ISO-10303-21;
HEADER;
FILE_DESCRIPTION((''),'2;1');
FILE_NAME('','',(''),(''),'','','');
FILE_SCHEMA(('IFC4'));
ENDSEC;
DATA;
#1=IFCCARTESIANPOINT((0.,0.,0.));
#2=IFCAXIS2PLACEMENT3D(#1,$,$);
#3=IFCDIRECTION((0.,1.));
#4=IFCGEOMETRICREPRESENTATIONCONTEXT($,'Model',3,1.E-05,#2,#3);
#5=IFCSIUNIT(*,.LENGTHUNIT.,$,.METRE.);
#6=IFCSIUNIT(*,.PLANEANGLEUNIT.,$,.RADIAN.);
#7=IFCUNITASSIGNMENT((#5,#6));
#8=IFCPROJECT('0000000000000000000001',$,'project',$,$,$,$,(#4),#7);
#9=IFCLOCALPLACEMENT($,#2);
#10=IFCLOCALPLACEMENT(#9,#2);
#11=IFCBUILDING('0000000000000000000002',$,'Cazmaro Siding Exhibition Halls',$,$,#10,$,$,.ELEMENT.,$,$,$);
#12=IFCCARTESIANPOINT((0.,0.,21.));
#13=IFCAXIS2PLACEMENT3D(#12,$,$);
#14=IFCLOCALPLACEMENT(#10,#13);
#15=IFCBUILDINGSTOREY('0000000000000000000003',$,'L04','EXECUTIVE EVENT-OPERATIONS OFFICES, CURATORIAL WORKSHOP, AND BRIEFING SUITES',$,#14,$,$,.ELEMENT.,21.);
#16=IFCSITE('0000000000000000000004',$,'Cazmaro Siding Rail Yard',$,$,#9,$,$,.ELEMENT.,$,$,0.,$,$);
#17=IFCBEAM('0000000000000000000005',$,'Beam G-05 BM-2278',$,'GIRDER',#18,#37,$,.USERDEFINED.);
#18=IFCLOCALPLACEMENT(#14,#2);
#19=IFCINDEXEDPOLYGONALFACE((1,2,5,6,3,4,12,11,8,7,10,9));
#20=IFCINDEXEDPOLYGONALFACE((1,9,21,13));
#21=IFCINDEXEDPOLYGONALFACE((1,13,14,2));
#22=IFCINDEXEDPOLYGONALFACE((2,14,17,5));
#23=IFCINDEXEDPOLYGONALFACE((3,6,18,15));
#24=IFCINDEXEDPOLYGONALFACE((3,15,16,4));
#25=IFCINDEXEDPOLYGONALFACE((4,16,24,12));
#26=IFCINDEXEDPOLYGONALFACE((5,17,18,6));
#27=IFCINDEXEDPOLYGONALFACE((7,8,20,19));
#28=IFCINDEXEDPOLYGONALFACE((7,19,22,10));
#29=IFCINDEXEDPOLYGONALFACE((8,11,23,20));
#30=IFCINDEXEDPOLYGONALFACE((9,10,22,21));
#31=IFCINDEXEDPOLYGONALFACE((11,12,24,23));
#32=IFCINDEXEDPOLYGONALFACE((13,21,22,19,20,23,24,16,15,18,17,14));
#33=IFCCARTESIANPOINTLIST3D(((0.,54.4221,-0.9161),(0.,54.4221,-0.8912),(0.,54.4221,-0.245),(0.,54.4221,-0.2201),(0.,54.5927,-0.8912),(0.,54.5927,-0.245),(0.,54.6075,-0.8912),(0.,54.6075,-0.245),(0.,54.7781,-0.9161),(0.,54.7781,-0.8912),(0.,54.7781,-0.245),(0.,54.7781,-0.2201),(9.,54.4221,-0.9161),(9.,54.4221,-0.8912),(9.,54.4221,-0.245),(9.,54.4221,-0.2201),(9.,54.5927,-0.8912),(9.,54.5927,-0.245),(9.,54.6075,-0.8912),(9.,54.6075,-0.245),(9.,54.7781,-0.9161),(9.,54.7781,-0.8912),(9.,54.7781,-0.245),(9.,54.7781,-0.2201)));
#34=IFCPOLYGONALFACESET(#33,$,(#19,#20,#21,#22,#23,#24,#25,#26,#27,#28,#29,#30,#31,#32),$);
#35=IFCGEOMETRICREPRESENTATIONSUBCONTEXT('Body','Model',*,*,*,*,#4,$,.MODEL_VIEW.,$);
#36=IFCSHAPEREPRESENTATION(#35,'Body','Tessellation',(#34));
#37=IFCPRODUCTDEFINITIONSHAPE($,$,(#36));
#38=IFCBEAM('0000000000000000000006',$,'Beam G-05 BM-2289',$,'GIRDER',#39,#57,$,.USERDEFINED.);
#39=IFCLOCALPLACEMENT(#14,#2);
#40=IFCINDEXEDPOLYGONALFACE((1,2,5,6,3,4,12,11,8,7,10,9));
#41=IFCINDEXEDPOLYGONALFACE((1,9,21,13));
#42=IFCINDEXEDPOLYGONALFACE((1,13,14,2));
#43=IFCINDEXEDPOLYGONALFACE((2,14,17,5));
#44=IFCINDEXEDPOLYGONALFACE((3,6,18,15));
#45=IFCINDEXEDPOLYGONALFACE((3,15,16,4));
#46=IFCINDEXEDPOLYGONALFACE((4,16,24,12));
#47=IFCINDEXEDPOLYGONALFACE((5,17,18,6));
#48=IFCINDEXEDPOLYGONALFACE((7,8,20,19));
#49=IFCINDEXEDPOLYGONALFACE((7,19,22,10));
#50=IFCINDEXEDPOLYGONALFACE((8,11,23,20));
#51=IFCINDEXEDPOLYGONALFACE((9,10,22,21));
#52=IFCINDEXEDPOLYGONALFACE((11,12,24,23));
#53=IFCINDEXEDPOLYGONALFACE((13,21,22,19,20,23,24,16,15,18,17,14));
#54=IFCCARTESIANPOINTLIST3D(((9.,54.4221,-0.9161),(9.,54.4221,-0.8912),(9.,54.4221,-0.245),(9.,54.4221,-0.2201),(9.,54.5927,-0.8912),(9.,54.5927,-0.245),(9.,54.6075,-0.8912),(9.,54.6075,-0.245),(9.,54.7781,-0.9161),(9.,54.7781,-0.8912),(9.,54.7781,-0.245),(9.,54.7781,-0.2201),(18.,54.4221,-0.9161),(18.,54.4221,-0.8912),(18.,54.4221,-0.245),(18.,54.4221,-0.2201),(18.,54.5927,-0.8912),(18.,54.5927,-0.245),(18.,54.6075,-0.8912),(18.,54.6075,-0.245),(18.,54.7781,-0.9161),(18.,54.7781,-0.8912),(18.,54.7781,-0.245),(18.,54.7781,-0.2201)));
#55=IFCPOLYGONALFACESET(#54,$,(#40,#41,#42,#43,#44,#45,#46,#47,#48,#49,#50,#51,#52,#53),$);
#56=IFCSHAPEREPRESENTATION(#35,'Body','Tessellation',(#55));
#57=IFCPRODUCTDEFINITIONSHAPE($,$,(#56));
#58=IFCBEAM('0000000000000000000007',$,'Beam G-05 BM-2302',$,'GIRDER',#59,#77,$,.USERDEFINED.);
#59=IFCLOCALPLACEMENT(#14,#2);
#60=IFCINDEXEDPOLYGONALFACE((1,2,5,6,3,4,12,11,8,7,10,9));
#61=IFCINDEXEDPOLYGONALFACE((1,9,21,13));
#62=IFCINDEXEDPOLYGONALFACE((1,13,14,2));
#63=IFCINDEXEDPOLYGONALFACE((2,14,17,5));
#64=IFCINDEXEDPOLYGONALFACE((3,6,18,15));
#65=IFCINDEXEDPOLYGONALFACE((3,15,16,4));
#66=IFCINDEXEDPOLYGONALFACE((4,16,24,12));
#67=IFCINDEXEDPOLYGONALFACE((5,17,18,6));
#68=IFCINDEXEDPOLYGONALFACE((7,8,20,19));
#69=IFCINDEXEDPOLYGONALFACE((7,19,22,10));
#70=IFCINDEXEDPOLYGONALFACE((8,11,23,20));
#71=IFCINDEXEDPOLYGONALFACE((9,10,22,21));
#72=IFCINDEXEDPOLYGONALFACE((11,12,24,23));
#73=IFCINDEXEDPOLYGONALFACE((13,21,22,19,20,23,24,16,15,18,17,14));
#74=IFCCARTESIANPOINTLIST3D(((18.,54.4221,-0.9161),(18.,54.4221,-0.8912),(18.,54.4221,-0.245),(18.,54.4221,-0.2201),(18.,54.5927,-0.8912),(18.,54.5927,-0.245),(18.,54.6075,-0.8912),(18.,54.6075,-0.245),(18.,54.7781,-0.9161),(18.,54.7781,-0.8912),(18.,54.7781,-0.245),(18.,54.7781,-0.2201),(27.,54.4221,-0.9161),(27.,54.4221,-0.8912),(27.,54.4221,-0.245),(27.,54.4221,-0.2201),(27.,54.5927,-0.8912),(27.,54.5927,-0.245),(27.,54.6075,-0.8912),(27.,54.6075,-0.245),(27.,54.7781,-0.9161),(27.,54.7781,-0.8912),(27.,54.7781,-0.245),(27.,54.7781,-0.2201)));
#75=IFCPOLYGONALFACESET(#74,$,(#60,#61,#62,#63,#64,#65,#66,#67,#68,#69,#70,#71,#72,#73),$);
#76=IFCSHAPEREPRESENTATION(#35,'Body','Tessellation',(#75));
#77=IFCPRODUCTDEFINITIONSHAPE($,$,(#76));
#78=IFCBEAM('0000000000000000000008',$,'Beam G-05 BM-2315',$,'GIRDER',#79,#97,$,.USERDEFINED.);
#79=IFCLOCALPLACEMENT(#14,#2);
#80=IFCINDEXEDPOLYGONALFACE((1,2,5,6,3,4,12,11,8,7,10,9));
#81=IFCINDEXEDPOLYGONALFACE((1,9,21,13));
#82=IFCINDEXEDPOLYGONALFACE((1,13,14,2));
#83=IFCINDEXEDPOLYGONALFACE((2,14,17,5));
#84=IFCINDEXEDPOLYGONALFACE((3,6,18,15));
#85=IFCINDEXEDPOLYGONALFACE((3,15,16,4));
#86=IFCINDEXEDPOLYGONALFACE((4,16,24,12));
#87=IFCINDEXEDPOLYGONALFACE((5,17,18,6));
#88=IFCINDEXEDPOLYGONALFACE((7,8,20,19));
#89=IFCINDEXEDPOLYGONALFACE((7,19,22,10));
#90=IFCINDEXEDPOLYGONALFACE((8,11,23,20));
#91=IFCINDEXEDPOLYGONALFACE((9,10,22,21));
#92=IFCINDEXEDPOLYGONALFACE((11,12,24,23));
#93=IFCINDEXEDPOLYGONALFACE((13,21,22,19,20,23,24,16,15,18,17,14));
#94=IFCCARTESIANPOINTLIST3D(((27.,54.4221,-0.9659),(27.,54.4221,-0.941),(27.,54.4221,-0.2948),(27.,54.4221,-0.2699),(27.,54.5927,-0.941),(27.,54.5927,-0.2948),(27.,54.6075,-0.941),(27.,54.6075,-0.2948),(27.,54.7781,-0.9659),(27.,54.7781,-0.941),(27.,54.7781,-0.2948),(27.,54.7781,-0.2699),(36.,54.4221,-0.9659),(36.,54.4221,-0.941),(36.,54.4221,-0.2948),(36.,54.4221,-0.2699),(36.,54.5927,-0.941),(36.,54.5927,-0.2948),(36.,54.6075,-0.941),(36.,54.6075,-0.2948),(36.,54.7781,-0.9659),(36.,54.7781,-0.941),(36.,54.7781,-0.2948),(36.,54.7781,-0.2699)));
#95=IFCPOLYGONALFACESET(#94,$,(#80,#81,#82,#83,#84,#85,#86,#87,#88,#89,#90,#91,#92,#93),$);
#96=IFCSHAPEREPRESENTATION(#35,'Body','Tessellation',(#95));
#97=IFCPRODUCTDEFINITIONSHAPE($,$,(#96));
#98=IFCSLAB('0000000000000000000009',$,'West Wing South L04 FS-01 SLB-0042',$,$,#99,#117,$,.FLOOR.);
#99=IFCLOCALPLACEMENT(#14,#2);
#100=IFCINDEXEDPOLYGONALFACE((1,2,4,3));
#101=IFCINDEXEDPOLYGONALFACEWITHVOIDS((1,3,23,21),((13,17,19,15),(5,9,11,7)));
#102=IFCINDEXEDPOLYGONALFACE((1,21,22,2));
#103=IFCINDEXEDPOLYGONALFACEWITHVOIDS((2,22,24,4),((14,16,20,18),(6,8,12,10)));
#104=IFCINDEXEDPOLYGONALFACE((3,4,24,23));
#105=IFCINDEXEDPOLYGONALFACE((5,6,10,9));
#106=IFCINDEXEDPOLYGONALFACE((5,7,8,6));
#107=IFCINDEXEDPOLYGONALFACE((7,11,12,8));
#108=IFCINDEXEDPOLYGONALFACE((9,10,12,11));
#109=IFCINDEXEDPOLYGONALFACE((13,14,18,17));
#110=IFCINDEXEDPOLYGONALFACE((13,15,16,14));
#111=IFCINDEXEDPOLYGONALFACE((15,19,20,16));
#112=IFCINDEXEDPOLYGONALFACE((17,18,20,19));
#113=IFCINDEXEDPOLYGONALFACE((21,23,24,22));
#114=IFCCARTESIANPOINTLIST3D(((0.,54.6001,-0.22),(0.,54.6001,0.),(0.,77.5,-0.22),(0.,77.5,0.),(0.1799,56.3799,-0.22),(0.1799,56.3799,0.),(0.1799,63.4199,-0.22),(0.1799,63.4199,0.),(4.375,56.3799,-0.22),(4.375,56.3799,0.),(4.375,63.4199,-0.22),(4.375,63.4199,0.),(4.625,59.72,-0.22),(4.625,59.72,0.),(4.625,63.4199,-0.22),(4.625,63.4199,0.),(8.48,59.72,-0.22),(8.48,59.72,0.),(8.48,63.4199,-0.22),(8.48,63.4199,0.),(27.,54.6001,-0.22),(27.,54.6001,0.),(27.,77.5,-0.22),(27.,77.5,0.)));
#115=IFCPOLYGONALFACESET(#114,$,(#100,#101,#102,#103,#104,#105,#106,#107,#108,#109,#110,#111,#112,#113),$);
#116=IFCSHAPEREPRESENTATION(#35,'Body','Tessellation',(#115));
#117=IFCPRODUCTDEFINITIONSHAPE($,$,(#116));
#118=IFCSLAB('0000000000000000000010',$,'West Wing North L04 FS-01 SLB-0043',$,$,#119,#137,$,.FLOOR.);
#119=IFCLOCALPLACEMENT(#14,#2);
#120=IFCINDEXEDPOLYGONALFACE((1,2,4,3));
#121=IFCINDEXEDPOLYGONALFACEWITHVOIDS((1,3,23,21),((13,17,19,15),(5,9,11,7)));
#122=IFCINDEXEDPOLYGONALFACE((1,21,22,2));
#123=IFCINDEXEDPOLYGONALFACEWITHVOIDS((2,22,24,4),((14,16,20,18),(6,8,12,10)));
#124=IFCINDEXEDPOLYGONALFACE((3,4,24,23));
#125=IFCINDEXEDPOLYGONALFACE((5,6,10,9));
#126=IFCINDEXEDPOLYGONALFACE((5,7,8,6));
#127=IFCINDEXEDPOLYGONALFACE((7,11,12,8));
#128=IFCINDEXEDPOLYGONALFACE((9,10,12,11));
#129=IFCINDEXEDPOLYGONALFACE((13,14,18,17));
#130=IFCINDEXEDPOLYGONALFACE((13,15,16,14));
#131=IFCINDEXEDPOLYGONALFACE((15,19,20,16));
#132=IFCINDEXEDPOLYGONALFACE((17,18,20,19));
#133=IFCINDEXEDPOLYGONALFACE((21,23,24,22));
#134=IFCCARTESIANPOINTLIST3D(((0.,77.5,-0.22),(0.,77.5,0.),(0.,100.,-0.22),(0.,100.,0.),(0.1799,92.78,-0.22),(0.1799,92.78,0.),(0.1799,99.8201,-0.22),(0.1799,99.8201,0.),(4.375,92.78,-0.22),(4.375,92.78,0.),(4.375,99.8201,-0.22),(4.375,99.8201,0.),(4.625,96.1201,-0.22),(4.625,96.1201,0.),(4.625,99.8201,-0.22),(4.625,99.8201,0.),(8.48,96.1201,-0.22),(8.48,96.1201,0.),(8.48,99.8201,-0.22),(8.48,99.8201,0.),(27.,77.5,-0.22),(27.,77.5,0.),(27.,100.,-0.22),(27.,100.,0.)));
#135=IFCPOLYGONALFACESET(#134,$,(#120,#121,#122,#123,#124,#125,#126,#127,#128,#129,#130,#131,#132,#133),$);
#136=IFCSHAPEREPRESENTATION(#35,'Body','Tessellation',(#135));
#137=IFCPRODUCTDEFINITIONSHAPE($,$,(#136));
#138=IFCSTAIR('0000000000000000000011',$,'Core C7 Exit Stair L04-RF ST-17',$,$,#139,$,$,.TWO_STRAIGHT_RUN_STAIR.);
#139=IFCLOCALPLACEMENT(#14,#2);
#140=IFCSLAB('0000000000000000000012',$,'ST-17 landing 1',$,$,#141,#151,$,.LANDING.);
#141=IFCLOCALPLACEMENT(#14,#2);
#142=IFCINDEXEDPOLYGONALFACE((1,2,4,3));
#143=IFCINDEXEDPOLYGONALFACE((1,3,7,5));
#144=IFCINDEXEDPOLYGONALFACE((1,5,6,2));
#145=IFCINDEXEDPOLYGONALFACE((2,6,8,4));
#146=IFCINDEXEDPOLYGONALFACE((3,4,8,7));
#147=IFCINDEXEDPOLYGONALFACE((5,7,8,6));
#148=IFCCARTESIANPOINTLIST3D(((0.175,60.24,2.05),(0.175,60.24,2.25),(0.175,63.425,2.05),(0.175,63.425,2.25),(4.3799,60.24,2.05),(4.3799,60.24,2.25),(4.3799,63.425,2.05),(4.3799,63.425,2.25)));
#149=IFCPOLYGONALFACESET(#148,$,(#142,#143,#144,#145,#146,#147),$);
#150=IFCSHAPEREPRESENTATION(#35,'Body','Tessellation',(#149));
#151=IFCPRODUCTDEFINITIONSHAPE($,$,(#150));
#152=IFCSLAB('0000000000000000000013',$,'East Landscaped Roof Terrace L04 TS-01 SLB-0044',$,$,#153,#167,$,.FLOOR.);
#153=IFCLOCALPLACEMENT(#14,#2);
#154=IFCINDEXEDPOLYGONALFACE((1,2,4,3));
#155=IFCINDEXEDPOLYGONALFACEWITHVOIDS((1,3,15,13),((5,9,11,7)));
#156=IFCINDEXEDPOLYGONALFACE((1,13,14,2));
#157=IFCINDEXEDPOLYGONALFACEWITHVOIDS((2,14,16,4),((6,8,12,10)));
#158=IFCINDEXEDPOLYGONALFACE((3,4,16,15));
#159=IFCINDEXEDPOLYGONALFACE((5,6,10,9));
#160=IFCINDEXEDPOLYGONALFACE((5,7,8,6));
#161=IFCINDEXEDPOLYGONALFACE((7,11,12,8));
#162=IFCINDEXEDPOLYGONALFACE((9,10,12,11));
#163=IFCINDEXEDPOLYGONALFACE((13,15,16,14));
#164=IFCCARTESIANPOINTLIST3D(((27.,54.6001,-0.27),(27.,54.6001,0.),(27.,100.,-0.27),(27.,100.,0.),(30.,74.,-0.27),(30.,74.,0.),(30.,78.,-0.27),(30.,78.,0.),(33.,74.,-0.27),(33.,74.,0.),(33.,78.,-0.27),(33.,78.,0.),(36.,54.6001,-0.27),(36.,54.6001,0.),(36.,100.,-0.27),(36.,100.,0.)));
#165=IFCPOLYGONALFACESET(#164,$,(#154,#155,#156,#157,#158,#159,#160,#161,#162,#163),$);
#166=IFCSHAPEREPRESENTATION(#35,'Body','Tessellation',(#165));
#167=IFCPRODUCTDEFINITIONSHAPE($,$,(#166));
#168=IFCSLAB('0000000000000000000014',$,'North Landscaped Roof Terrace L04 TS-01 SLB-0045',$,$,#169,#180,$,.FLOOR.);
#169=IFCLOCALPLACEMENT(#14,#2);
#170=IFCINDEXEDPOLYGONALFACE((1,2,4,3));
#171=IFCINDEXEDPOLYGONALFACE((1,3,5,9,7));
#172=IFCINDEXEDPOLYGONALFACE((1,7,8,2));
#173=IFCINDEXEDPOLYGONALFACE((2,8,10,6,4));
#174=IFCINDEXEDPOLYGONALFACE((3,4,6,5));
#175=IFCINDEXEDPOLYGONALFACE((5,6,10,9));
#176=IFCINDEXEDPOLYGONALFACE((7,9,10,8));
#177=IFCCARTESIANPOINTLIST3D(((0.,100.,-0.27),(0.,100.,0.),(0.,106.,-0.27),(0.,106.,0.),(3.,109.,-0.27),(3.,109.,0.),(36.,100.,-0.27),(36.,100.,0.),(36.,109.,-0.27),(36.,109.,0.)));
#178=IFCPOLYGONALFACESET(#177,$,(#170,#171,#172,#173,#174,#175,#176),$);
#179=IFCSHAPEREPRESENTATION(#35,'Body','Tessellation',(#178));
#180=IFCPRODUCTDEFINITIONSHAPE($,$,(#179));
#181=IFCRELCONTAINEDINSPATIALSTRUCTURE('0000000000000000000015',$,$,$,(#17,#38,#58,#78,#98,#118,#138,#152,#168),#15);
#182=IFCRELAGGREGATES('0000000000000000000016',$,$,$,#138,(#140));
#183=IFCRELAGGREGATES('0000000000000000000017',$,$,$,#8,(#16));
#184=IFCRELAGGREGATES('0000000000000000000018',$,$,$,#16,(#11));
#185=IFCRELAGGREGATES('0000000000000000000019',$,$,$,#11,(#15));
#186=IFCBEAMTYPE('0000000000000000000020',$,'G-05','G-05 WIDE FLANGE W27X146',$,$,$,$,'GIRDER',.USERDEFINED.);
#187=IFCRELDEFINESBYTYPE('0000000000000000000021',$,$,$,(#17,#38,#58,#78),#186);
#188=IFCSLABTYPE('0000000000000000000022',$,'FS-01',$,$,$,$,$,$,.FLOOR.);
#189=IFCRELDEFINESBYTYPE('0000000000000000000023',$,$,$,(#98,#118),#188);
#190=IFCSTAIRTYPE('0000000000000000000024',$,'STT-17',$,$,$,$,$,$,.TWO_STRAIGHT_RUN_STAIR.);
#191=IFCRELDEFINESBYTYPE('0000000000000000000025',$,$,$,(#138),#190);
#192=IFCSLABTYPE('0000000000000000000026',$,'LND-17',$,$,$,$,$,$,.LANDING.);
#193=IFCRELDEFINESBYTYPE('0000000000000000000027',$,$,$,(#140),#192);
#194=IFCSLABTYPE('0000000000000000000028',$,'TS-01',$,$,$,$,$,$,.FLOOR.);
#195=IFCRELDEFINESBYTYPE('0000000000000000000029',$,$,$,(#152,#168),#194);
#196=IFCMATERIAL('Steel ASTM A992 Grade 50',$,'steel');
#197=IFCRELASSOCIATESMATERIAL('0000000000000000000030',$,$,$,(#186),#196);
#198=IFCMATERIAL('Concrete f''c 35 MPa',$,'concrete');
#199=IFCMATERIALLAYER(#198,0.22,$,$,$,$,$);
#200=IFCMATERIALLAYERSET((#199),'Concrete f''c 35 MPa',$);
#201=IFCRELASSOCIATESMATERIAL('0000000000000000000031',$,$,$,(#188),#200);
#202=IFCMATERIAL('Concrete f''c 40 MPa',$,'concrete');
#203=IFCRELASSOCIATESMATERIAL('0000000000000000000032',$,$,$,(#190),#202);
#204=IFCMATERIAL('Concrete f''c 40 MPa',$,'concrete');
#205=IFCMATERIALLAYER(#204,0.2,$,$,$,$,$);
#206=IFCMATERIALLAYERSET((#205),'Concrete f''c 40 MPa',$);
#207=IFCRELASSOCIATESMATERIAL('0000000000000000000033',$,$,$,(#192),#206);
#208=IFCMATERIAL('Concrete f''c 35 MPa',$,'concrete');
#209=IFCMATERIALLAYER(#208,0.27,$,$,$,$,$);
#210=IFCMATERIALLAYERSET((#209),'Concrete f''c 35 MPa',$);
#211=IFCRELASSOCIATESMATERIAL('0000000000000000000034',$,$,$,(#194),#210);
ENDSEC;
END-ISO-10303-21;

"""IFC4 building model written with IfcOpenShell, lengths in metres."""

from ifc_helpers import new_model, si_unit, direction, frame, origin, origin_2d, place, context, subcontext, project, spatial, polyline, i_section, outline, extrude, material, layer, layer_set, material_profile, profile_set, type_object, element, aggregate, save


model = new_model("IFC4")

# Units and contexts
model_context = context("Model", 3, precision=1e-05, world=origin(), true_north=direction((0.0, 1.0)))
body_context = subcontext(model_context, "Body", "Model", "MODEL_VIEW")
ifc_project = project(units=[si_unit("LENGTHUNIT", "METRE"), si_unit("PLANEANGLEUNIT", "RADIAN")], contexts=[model_context])

# Site, building, storey
site_placement = place(None, origin())
site = spatial("IfcSite", under=ifc_project, at=site_placement, Name="Cazmaro Siding Rail Yard", CompositionType="ELEMENT", RefElevation=0.0)
building_placement = place(site_placement, origin())
building = spatial("IfcBuilding", under=site, at=building_placement, Name="Cazmaro Siding Exhibition Halls", CompositionType="ELEMENT")
storey_placement = place(building_placement, frame((0.0, 0.0, 21.0)))
storey = spatial("IfcBuildingStorey", under=building, at=storey_placement, Name="L04", Description="EXECUTIVE EVENT-OPERATIONS OFFICES, CURATORIAL WORKSHOP, AND BRIEFING SUITES", CompositionType="ELEMENT", Elevation=21.0)

# Beams
ifc_material_1 = material(Name="Steel ASTM A992 Grade 50", Category="steel")
ifc_material_profile_1 = material_profile(ifc_material_1, i_section(OverallWidth=0.356, OverallDepth=0.696, WebThickness=0.0149, FlangeThickness=0.0249, at=origin_2d()), Name="W27X146")
ifc_profile_set_1 = profile_set([ifc_material_profile_1], Name="Steel ASTM A992 Grade 50")
beam_type_1 = type_object("IfcBeamType", Name="G-05", Description="G-05 WIDE FLANGE W27X146", ElementType="GIRDER", PredefinedType="USERDEFINED", material=ifc_profile_set_1)
for number, where, z_axis, x_axis, name in (
    (1, (0.0, 54.6001, -0.5681), (1.0, 0.0, 0.0), (0.0, 1.0, 0.0), "Beam G-05 BM-2278"),
    (2, (9.0, 54.6001, -0.5681), (1.0, 0.0, 0.0), (0.0, 1.0, 0.0), "Beam G-05 BM-2289"),
    (3, (18.0, 54.6001, -0.5681), (1.0, 0.0, 0.0), (0.0, 1.0, 0.0), "Beam G-05 BM-2302"),
    (4, (27.0, 54.6001, -0.6179), (1.0, 0.0, 0.0), (0.0, 1.0, 0.0), "Beam G-05 BM-2315"),
):
    element("IfcBeam", number, at=place(storey_placement, frame(where, z_axis=z_axis, x_axis=x_axis)), inside=storey, type_object=beam_type_1, Name=name, ObjectType="GIRDER", PredefinedType="USERDEFINED", context=body_context, shape_type="SweptSolid", body=[
        extrude(i_section(OverallWidth=0.356, OverallDepth=0.696, WebThickness=0.0149, FlangeThickness=0.0249, at=origin_2d()), origin(), (0.0, 0.0, 1.0), 9.0),
    ])

# Slabs
ifc_material_2 = material(Name="Concrete f'c 35 MPa", Category="concrete")
ifc_layer_1 = layer(ifc_material_2, 0.22)
ifc_layer_set_1 = layer_set([ifc_layer_1], Name="Concrete f'c 35 MPa")
slab_type_1 = type_object("IfcSlabType", Name="FS-01", PredefinedType="FLOOR", material=ifc_layer_set_1)
slab_1_placement = place(storey_placement, frame((0.0, 0.0, -0.22)))
element("IfcSlab", 5, at=slab_1_placement, inside=storey, type_object=slab_type_1, Name="West Wing South L04 FS-01 SLB-0042", PredefinedType="FLOOR", context=body_context, shape_type="SweptSolid", body=[
    extrude(outline(polyline([(0.0, 54.6001), (27.0, 54.6001), (27.0, 77.5), (0.0, 77.5), (0.0, 54.6001)]), holes=[polyline([(0.1799, 56.3799), (4.375, 56.3799), (4.375, 63.4199), (0.1799, 63.4199), (0.1799, 56.3799)]), polyline([(4.625, 59.72), (8.48, 59.72), (8.48, 63.4199), (4.625, 63.4199), (4.625, 59.72)])]), origin(), (0.0, 0.0, 1.0), 0.22),
])
slab_2_placement = place(storey_placement, frame((0.0, 0.0, -0.22)))
element("IfcSlab", 6, at=slab_2_placement, inside=storey, type_object=slab_type_1, Name="West Wing North L04 FS-01 SLB-0043", PredefinedType="FLOOR", context=body_context, shape_type="SweptSolid", body=[
    extrude(outline(polyline([(0.0, 77.5), (27.0, 77.5), (27.0, 100.0), (0.0, 100.0), (0.0, 77.5)]), holes=[polyline([(0.1799, 92.78), (4.375, 92.78), (4.375, 99.8201), (0.1799, 99.8201), (0.1799, 92.78)]), polyline([(4.625, 96.1201), (8.48, 96.1201), (8.48, 99.8201), (4.625, 99.8201), (4.625, 96.1201)])]), origin(), (0.0, 0.0, 1.0), 0.22),
])

# Stair, slab
ifc_material_3 = material(Name="Concrete f'c 40 MPa", Category="concrete")
stair_type = type_object("IfcStairType", Name="STT-17", PredefinedType="TWO_STRAIGHT_RUN_STAIR", material=ifc_material_3)
stair_placement = place(storey_placement, origin())
stair = element("IfcStair", 7, at=stair_placement, inside=storey, type_object=stair_type, Name="Core C7 Exit Stair L04-RF ST-17", PredefinedType="TWO_STRAIGHT_RUN_STAIR")
ifc_material_4 = material(Name="Concrete f'c 40 MPa", Category="concrete")
ifc_layer_2 = layer(ifc_material_4, 0.2)
ifc_layer_set_2 = layer_set([ifc_layer_2], Name="Concrete f'c 40 MPa")
slab_type_2 = type_object("IfcSlabType", Name="LND-17", PredefinedType="LANDING", material=ifc_layer_set_2)
slab_3_placement = place(storey_placement, frame((0.0, 0.0, 2.05)))
slab_3 = element("IfcSlab", 8, at=slab_3_placement, type_object=slab_type_2, Name="ST-17 landing 1", PredefinedType="LANDING", context=body_context, shape_type="SweptSolid", body=[
    extrude(outline(polyline([(0.175, 60.24), (4.3799, 60.24), (4.3799, 63.425), (0.175, 63.425), (0.175, 60.24)])), origin(), (0.0, 0.0, 1.0), 0.2),
])

# Slabs
ifc_material_5 = material(Name="Concrete f'c 35 MPa", Category="concrete")
ifc_layer_3 = layer(ifc_material_5, 0.27)
ifc_layer_set_3 = layer_set([ifc_layer_3], Name="Concrete f'c 35 MPa")
slab_type_3 = type_object("IfcSlabType", Name="TS-01", PredefinedType="FLOOR", material=ifc_layer_set_3)
slab_4_placement = place(storey_placement, frame((0.0, 0.0, -0.27)))
element("IfcSlab", 9, at=slab_4_placement, inside=storey, type_object=slab_type_3, Name="East Landscaped Roof Terrace L04 TS-01 SLB-0044", PredefinedType="FLOOR", context=body_context, shape_type="SweptSolid", body=[
    extrude(outline(polyline([(27.0, 54.6001), (36.0, 54.6001), (36.0, 100.0), (27.0, 100.0), (27.0, 54.6001)]), holes=[polyline([(30.0, 74.0), (33.0, 74.0), (33.0, 78.0), (30.0, 78.0), (30.0, 74.0)])]), origin(), (0.0, 0.0, 1.0), 0.27),
])
slab_5_placement = place(storey_placement, frame((0.0, 0.0, -0.27)))
element("IfcSlab", 10, at=slab_5_placement, inside=storey, type_object=slab_type_3, Name="North Landscaped Roof Terrace L04 TS-01 SLB-0045", PredefinedType="FLOOR", context=body_context, shape_type="SweptSolid", body=[
    extrude(outline(polyline([(0.0, 100.0), (36.0, 100.0), (36.0, 109.0), (3.0, 109.0), (0.0, 106.0), (0.0, 100.0)])), origin(), (0.0, 0.0, 1.0), 0.27),
])

aggregate(stair, [slab_3])

save(model, "model.ifc")
